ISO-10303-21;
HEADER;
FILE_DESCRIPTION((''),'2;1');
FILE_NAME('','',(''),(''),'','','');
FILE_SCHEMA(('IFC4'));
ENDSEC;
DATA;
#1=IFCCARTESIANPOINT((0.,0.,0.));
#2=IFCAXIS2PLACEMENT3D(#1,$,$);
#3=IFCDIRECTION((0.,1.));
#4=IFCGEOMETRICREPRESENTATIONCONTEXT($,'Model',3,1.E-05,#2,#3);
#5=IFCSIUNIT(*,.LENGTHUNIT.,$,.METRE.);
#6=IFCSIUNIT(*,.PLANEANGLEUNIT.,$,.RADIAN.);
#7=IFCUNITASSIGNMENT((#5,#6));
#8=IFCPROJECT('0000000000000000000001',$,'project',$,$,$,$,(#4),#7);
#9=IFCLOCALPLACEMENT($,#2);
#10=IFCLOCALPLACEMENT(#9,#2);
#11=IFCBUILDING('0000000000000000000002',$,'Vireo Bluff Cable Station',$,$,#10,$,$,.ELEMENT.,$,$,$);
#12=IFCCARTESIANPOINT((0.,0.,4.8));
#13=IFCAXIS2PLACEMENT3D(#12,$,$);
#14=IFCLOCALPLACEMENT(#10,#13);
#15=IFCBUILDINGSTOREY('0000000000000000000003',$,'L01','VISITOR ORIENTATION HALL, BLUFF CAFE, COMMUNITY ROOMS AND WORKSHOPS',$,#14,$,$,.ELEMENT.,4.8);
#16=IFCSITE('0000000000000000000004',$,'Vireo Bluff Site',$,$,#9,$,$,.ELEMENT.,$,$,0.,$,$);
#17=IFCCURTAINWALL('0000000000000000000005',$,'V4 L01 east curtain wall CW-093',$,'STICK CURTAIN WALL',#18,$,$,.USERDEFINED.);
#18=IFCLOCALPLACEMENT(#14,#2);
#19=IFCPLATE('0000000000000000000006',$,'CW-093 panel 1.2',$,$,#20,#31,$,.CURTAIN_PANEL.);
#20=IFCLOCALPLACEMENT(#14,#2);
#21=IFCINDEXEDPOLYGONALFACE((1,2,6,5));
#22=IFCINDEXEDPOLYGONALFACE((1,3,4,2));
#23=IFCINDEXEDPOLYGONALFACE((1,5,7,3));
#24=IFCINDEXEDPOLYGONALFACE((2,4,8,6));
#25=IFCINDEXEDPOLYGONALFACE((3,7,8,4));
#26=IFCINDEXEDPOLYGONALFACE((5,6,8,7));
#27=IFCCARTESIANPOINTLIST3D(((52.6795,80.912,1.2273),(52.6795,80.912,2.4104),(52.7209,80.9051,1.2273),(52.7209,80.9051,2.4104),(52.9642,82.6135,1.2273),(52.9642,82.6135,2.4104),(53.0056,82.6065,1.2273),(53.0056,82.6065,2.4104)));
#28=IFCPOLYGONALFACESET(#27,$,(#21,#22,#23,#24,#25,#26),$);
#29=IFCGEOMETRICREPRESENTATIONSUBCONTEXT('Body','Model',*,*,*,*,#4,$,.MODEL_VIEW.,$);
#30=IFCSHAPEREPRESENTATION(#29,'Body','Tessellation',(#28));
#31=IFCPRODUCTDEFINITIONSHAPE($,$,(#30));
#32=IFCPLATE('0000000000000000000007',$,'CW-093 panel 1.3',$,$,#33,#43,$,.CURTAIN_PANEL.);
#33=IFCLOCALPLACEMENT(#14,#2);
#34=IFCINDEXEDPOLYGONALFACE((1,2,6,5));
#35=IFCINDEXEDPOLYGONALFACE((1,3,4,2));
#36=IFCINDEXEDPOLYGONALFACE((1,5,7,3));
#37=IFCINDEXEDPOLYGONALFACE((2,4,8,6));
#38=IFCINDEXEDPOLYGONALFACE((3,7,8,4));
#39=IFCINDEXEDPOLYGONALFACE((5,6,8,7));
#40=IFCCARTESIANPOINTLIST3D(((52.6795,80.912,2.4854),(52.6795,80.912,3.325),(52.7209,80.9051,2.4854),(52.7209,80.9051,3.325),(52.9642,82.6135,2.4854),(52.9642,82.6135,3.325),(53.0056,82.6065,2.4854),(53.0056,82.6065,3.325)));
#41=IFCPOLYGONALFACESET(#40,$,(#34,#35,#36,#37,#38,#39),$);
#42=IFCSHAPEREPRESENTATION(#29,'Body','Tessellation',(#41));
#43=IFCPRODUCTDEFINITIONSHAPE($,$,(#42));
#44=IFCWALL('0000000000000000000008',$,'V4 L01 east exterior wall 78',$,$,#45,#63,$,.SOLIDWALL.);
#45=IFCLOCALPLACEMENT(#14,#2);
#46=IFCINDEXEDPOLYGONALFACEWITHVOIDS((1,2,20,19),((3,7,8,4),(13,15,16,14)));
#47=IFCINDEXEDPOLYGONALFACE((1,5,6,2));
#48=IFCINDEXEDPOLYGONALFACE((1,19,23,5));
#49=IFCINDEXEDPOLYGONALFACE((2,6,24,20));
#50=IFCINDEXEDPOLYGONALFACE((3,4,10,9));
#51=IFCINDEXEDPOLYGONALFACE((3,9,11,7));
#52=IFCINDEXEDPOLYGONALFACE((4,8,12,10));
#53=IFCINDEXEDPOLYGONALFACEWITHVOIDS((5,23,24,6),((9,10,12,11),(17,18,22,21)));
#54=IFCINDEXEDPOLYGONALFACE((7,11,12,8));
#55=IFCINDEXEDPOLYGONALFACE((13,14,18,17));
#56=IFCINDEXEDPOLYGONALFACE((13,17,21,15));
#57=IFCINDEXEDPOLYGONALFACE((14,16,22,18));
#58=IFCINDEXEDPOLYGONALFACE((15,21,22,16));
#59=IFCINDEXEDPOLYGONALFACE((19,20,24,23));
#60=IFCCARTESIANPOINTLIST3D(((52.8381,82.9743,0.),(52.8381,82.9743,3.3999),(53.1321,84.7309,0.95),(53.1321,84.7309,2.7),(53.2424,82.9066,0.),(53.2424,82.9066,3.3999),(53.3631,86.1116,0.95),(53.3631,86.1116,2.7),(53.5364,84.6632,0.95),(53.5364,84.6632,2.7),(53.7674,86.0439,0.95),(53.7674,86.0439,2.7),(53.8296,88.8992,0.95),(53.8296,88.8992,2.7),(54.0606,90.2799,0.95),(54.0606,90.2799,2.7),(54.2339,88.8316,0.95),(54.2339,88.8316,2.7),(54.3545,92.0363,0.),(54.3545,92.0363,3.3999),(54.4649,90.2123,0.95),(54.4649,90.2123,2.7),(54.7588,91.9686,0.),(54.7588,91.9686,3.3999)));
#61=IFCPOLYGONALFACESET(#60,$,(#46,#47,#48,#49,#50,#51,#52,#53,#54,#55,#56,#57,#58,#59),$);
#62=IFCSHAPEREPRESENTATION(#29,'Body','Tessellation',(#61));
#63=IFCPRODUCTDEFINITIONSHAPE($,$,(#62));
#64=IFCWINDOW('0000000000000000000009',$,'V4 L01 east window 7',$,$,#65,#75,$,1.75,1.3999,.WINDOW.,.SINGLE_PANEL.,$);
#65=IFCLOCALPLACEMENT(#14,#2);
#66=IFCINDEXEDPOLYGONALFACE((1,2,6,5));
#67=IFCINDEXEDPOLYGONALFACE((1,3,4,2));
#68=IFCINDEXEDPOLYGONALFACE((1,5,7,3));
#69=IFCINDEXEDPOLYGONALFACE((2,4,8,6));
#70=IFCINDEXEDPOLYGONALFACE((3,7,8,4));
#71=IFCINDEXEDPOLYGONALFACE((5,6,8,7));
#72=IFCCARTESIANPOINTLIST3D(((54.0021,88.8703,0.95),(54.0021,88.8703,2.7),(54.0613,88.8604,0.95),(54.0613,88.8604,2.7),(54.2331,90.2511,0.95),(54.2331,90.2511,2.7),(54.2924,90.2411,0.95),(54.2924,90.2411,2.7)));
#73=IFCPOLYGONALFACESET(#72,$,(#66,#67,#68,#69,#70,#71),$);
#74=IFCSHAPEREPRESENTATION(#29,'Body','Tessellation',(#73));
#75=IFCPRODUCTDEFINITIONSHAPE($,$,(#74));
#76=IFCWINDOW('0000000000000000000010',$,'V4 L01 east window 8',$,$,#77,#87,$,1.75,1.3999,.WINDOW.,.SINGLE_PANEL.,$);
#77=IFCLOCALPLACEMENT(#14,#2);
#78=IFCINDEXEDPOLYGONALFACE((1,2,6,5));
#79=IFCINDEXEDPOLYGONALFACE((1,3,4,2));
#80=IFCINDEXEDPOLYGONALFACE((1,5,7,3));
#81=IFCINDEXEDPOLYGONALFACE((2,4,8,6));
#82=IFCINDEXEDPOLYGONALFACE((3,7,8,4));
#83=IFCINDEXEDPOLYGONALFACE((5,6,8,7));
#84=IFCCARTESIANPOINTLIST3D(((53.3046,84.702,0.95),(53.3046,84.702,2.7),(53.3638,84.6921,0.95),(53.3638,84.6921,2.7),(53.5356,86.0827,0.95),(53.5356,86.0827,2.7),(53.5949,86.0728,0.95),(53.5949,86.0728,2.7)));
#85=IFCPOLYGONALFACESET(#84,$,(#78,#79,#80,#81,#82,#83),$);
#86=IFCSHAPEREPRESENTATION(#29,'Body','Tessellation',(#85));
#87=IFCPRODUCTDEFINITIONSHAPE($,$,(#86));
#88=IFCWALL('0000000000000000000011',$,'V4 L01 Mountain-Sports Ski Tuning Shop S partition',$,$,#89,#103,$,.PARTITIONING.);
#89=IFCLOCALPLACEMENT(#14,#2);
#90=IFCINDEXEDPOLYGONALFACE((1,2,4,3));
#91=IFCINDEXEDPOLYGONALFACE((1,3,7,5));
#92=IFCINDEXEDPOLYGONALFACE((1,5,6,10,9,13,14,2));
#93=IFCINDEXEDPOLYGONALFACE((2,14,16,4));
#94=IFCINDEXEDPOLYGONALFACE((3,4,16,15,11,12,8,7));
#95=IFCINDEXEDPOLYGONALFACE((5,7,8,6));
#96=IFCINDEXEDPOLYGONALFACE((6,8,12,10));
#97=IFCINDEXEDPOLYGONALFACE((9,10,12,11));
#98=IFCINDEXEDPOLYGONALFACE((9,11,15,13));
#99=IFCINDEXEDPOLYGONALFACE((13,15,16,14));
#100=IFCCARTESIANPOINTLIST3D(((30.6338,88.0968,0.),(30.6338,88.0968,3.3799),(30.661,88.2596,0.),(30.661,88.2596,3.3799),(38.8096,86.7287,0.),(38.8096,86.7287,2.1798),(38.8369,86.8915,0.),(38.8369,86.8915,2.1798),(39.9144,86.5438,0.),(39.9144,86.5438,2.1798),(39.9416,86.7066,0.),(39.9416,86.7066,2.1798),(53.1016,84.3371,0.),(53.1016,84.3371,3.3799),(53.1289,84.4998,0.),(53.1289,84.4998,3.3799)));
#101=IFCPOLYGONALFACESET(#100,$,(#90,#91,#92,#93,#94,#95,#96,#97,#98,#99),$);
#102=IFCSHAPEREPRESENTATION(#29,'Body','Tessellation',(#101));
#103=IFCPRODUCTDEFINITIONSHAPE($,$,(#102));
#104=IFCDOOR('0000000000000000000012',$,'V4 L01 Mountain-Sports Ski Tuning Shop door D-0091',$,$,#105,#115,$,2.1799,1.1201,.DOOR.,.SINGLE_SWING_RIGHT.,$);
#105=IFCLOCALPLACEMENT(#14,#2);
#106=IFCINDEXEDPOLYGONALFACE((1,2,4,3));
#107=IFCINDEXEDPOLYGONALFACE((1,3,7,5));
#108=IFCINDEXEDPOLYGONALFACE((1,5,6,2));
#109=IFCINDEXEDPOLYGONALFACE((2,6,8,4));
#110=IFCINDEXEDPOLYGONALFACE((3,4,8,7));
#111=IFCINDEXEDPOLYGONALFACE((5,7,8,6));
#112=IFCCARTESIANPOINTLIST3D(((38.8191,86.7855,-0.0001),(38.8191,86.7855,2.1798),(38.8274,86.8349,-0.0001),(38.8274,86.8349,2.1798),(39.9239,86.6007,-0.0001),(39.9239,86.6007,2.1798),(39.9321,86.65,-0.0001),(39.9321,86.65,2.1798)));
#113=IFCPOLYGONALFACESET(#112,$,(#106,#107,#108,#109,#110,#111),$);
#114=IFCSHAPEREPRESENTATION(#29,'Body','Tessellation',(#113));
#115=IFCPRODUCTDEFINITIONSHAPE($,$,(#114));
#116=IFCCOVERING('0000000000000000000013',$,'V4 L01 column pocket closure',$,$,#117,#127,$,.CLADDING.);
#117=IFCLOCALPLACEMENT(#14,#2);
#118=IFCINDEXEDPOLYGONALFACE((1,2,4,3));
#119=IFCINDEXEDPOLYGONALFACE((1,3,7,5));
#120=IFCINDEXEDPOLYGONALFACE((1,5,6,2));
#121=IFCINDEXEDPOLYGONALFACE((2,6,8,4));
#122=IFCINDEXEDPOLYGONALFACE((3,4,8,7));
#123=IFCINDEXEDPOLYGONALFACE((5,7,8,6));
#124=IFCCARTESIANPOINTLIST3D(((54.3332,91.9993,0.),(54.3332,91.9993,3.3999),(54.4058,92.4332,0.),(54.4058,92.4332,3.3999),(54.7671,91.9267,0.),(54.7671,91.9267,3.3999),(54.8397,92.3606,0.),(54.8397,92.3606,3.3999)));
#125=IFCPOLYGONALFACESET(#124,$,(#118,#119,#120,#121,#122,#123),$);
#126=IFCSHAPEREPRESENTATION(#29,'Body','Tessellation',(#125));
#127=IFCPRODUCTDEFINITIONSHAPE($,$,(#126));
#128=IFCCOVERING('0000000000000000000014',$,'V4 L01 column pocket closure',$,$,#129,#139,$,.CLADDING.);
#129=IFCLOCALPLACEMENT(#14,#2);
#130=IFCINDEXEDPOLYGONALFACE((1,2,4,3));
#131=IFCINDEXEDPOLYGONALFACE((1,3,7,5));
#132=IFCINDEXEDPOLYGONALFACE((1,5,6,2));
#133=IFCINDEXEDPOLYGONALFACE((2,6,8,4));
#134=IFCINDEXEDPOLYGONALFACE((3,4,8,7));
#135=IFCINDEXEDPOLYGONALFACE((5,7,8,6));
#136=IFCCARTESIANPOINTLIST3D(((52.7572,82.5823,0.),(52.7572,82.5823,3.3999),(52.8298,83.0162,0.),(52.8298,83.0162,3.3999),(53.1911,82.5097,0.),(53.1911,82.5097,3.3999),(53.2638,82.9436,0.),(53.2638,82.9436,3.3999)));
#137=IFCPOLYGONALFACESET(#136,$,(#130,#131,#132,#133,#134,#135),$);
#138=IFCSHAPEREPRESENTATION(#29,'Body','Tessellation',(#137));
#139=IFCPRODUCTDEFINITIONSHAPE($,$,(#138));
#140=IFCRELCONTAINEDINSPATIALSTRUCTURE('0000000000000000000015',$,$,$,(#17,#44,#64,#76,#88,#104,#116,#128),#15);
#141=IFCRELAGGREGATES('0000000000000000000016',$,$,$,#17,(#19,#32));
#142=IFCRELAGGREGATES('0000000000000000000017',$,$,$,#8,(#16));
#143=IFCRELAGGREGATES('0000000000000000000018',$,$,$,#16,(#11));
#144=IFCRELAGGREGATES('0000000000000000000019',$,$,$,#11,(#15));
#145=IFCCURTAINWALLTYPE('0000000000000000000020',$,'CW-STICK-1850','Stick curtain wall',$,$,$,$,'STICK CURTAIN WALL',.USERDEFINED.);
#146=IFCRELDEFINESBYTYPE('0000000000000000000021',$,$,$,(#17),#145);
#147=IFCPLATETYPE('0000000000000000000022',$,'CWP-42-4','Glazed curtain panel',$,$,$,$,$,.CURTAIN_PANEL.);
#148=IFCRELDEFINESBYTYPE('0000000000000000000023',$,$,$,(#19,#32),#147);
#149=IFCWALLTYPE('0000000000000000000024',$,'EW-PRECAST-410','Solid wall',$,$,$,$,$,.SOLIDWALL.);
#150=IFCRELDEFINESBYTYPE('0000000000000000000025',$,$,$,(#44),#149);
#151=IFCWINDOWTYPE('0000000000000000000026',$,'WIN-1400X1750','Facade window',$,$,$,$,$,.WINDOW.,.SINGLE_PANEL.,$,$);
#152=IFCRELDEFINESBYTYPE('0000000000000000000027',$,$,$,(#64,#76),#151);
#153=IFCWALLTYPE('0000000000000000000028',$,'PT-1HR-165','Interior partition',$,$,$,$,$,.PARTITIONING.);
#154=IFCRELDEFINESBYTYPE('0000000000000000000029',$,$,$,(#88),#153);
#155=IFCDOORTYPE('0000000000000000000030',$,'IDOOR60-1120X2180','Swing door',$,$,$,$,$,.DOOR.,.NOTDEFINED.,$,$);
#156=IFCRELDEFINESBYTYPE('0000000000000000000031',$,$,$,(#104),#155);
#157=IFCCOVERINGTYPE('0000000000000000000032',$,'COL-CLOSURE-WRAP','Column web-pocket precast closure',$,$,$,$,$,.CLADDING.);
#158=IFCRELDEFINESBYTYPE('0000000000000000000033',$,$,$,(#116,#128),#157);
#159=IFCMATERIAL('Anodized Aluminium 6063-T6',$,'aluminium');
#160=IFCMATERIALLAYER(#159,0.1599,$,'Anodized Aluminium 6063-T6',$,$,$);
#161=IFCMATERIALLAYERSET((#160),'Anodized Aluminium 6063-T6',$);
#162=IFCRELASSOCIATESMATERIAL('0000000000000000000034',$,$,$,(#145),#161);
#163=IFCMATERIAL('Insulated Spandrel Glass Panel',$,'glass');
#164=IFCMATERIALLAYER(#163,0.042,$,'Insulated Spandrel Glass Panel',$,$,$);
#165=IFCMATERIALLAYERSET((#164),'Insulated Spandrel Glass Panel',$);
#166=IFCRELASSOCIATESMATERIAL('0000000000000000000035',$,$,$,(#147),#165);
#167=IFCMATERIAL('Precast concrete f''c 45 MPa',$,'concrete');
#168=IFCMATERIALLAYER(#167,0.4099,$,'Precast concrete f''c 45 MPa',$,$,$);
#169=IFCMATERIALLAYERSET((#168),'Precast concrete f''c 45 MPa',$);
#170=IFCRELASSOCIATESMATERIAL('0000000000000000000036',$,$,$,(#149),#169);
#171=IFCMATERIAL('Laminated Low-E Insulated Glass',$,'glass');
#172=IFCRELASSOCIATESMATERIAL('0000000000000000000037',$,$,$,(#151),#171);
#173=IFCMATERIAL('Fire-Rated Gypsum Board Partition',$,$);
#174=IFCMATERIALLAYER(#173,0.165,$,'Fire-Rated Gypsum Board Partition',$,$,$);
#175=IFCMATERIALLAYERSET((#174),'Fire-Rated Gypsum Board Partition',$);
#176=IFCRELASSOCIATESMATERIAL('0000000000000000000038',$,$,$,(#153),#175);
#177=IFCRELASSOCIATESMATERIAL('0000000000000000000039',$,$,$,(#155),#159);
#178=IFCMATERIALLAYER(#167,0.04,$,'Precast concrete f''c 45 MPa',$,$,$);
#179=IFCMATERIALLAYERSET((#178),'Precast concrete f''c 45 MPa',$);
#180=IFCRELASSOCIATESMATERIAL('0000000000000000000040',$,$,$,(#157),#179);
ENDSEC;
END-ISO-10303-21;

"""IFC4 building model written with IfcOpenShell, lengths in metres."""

from ifc_helpers import new_model, si_unit, direction, frame, frame_2d, origin, origin_with_axes, origin_2d, place, context, subcontext, project, spatial, rectangle, extrude, material, layer, layer_set, type_object, element, fill, aggregate, save


model = new_model("IFC4")

# Units and contexts
model_context = context("Model", 3, precision=1e-05, world=origin(), true_north=direction((0.0, 1.0)))
body_context = subcontext(model_context, "Body", "Model", "MODEL_VIEW")
ifc_project = project(units=[si_unit("LENGTHUNIT", "METRE"), si_unit("PLANEANGLEUNIT", "RADIAN")], contexts=[model_context])

# Site, building, storey
site_placement = place(None, origin())
site = spatial("IfcSite", under=ifc_project, at=site_placement, Name="Vireo Bluff Site", CompositionType="ELEMENT", RefElevation=0.0)
building_placement = place(site_placement, origin())
building = spatial("IfcBuilding", under=site, at=building_placement, Name="Vireo Bluff Cable Station", CompositionType="ELEMENT")
storey_placement = place(building_placement, frame((0.0, 0.0, 4.8)))
storey = spatial("IfcBuildingStorey", under=building, at=storey_placement, Name="L01", Description="VISITOR ORIENTATION HALL, BLUFF CAFE, COMMUNITY ROOMS AND WORKSHOPS", CompositionType="ELEMENT", Elevation=4.8)

# Shared definitions
ifc_material_1 = material(Name="Anodized Aluminium 6063-T6", Category="aluminium")

# Curtain wall
ifc_layer_1 = layer(ifc_material_1, 0.1599, Name="Anodized Aluminium 6063-T6")
ifc_layer_set_1 = layer_set([ifc_layer_1], Name="Anodized Aluminium 6063-T6")
curtain_wall_type_1 = type_object("IfcCurtainWallType", Name="CW-STICK-1850", Description="Stick curtain wall", ElementType="STICK CURTAIN WALL", PredefinedType="USERDEFINED", material=ifc_layer_set_1)
curtain_wall_1_placement = place(storey_placement, origin())
curtain_wall_1 = element("IfcCurtainWall", 1, at=curtain_wall_1_placement, inside=storey, type_object=curtain_wall_type_1, Name="V4 L01 east curtain wall CW-093", ObjectType="STICK CURTAIN WALL", PredefinedType="USERDEFINED")

# Plates
ifc_material_2 = material(Name="Laminated Low-E Insulated Glass", Category="glass")
ifc_material_3 = material(Name="Insulated Spandrel Glass Panel", Category="glass")
ifc_layer_2 = layer(ifc_material_3, 0.042, Name="Insulated Spandrel Glass Panel")
ifc_layer_set_2 = layer_set([ifc_layer_2], Name="Insulated Spandrel Glass Panel")
plate_type_1 = type_object("IfcPlateType", Name="CWP-42-4", Description="Glazed curtain panel", PredefinedType="CURTAIN_PANEL", material=ifc_layer_set_2)
plate_1_placement = place(storey_placement, frame((52.8425, 81.7593, 1.2273), z_axis=(0.0, 0.0, 1.0), x_axis=(-0.165048, -0.986286, 0.0)))
plate_1 = element("IfcPlate", 2, at=plate_1_placement, type_object=plate_type_1, Name="CW-093 panel 1.2", PredefinedType="CURTAIN_PANEL", context=body_context, shape_type="SweptSolid", body=[
    extrude(rectangle(XDim=1.7251, YDim=0.042, at=origin_2d()), origin(), (0.0, 0.0, 1.0), 1.1831),
])
plate_2_placement = place(storey_placement, frame((52.8425, 81.7593, 2.4854), z_axis=(0.0, 0.0, 1.0), x_axis=(-0.165048, -0.986286, 0.0)))
plate_2 = element("IfcPlate", 3, at=plate_2_placement, type_object=plate_type_1, Name="CW-093 panel 1.3", PredefinedType="CURTAIN_PANEL", context=body_context, shape_type="SweptSolid", body=[
    extrude(rectangle(XDim=1.7251, YDim=0.042, at=origin_2d()), origin(), (0.0, 0.0, 1.0), 0.8396),
])
aggregate(curtain_wall_1, [plate_1, plate_2])

# Wall, openings, windows
ifc_material_4 = material(Name="Precast concrete f'c 45 MPa", Category="concrete")
ifc_layer_3 = layer(ifc_material_4, 0.4099, Name="Precast concrete f'c 45 MPa")
ifc_layer_set_3 = layer_set([ifc_layer_3], Name="Precast concrete f'c 45 MPa")
wall_type_1 = type_object("IfcWallType", Name="EW-PRECAST-410", Description="Solid wall", PredefinedType="SOLIDWALL", material=ifc_layer_set_3)
wall_1_placement = place(storey_placement, frame((54.5566, 92.0024, 0.0), z_axis=(0.0, 0.0, 1.0), x_axis=(-0.165037, -0.986287, 0.0)))
wall_1 = element("IfcWall", 4, at=wall_1_placement, inside=storey, type_object=wall_type_1, Name="V4 L01 east exterior wall 78", PredefinedType="SOLIDWALL", context=body_context, shape_type="SweptSolid", body=[
    extrude(rectangle(XDim=9.188, YDim=0.4099, at=frame_2d((4.594, 0.0))), origin(), (0.0, 0.0, 1.0), 3.3999),
])
opening_1_placement = place(wall_1_placement, frame((1.7808, 0.0, 0.95)))
opening_1 = element("IfcOpeningElement", 5, at=opening_1_placement, cuts=wall_1, PredefinedType="OPENING", context=body_context, shape_type="SweptSolid", body=[
    extrude(rectangle(XDim=1.3999, YDim=1.75, at=frame_2d((0.7, 0.875))), frame((0.0, 0.2148, 0.0), z_axis=(0.0, -1.0, 0.0), x_axis=(1.0, 0.0, 0.0)), (0.0, 0.0, 1.0), 0.4299),
])
opening_2_placement = place(wall_1_placement, frame((6.0071, 0.0, 0.95)))
opening_2 = element("IfcOpeningElement", 6, at=opening_2_placement, cuts=wall_1, PredefinedType="OPENING", context=body_context, shape_type="SweptSolid", body=[
    extrude(rectangle(XDim=1.3999, YDim=1.75, at=frame_2d((0.7, 0.875))), frame((0.0, 0.2148, 0.0), z_axis=(0.0, -1.0, 0.0), x_axis=(1.0, 0.0, 0.0)), (0.0, 0.0, 1.0), 0.4299),
])
window_type = type_object("IfcWindowType", Name="WIN-1400X1750", Description="Facade window", PartitioningType="SINGLE_PANEL", PredefinedType="WINDOW", material=ifc_material_2)
window_1_placement = place(opening_1_placement, origin_with_axes())
window_1 = element("IfcWindow", 7, at=window_1_placement, inside=storey, type_object=window_type, Name="V4 L01 east window 7", OverallHeight=1.75, OverallWidth=1.3999, PartitioningType="SINGLE_PANEL", PredefinedType="WINDOW", context=body_context, shape_type="SweptSolid", body=[
    extrude(rectangle(XDim=1.3999, YDim=1.75, at=frame_2d((0.7, 0.875))), frame((0.0, 0.03, 0.0), z_axis=(0.0, -1.0, 0.0), x_axis=(1.0, 0.0, 0.0)), (0.0, 0.0, 1.0), 0.0601),
])
fill(opening_1, window_1)
window_2_placement = place(opening_2_placement, origin_with_axes())
window_2 = element("IfcWindow", 8, at=window_2_placement, inside=storey, type_object=window_type, Name="V4 L01 east window 8", OverallHeight=1.75, OverallWidth=1.3999, PartitioningType="SINGLE_PANEL", PredefinedType="WINDOW", context=body_context, shape_type="SweptSolid", body=[
    extrude(rectangle(XDim=1.3999, YDim=1.75, at=frame_2d((0.7, 0.875))), frame((0.0, 0.03, 0.0), z_axis=(0.0, -1.0, 0.0), x_axis=(1.0, 0.0, 0.0)), (0.0, 0.0, 1.0), 0.0601),
])
fill(opening_2, window_2)

# Wall, opening, door
ifc_material_5 = material(Name="Fire-Rated Gypsum Board Partition")
ifc_layer_4 = layer(ifc_material_5, 0.165, Name="Fire-Rated Gypsum Board Partition")
ifc_layer_set_4 = layer_set([ifc_layer_4], Name="Fire-Rated Gypsum Board Partition")
wall_type_2 = type_object("IfcWallType", Name="PT-1HR-165", Description="Interior partition", PredefinedType="PARTITIONING", material=ifc_layer_set_4)
wall_2_placement = place(storey_placement, frame((53.1152, 84.4185, 0.0), z_axis=(0.0, 0.0, 1.0), x_axis=(-0.986286, 0.165045, 0.0)))
wall_2 = element("IfcWall", 9, at=wall_2_placement, inside=storey, type_object=wall_type_2, Name="V4 L01 Mountain-Sports Ski Tuning Shop S partition", PredefinedType="PARTITIONING", context=body_context, shape_type="SweptSolid", body=[
    extrude(rectangle(XDim=22.7803, YDim=0.165, at=frame_2d((11.3901, 0.0))), origin(), (0.0, 0.0, 1.0), 3.3799),
])
opening_3_placement = place(wall_2_placement, frame((13.3706, 0.0, 0.0)))
opening_3 = element("IfcOpeningElement", 10, at=opening_3_placement, cuts=wall_2, PredefinedType="OPENING", context=body_context, shape_type="SweptSolid", body=[
    extrude(rectangle(XDim=1.1201, YDim=2.1799, at=frame_2d((0.5601, 1.0898))), frame((0.0, 0.0925, 0.0), z_axis=(0.0, -1.0, 0.0), x_axis=(1.0, 0.0, 0.0)), (0.0, 0.0, 1.0), 0.1851),
])
door_type = type_object("IfcDoorType", Name="IDOOR60-1120X2180", Description="Swing door", OperationType="NOTDEFINED", PredefinedType="DOOR", material=ifc_material_1)
door_placement = place(opening_3_placement, origin_with_axes())
door = element("IfcDoor", 11, at=door_placement, inside=storey, type_object=door_type, Name="V4 L01 Mountain-Sports Ski Tuning Shop door D-0091", OperationType="SINGLE_SWING_RIGHT", OverallHeight=2.1799, OverallWidth=1.1201, PredefinedType="DOOR", context=body_context, shape_type="SweptSolid", body=[
    extrude(rectangle(XDim=1.1201, YDim=2.1799, at=frame_2d((0.5601, 1.0898))), frame((0.0, 0.0249, 0.0), z_axis=(0.0, -1.0, 0.0), x_axis=(1.0, 0.0, 0.0)), (0.0, 0.0, 1.0), 0.05),
])
fill(opening_3, door)

# Coverings
ifc_layer_5 = layer(ifc_material_4, 0.04, Name="Precast concrete f'c 45 MPa")
ifc_layer_set_5 = layer_set([ifc_layer_5], Name="Precast concrete f'c 45 MPa")
covering_type = type_object("IfcCoveringType", Name="COL-CLOSURE-WRAP", Description="Column web-pocket precast closure", PredefinedType="CLADDING", material=ifc_layer_set_5)
for number, where, z_axis, x_axis, name in (
    (12, (54.5864, 92.1799, 0.0), (0.0, 0.0, 1.0), (0.986286, -0.165048, 0.0), "V4 L01 column pocket closure"),
    (13, (53.0105, 82.7629, 0.0), (0.0, 0.0, 1.0), (0.986286, -0.165048, 0.0), "V4 L01 column pocket closure"),
):
    element("IfcCovering", number, at=place(storey_placement, frame(where, z_axis=z_axis, x_axis=x_axis)), inside=storey, type_object=covering_type, Name=name, PredefinedType="CLADDING", context=body_context, shape_type="SweptSolid", body=[
        extrude(rectangle(XDim=0.4399, YDim=0.4399, at=origin_2d()), origin(), (0.0, 0.0, 1.0), 3.3999),
    ])

save(model, "model.ifc")
